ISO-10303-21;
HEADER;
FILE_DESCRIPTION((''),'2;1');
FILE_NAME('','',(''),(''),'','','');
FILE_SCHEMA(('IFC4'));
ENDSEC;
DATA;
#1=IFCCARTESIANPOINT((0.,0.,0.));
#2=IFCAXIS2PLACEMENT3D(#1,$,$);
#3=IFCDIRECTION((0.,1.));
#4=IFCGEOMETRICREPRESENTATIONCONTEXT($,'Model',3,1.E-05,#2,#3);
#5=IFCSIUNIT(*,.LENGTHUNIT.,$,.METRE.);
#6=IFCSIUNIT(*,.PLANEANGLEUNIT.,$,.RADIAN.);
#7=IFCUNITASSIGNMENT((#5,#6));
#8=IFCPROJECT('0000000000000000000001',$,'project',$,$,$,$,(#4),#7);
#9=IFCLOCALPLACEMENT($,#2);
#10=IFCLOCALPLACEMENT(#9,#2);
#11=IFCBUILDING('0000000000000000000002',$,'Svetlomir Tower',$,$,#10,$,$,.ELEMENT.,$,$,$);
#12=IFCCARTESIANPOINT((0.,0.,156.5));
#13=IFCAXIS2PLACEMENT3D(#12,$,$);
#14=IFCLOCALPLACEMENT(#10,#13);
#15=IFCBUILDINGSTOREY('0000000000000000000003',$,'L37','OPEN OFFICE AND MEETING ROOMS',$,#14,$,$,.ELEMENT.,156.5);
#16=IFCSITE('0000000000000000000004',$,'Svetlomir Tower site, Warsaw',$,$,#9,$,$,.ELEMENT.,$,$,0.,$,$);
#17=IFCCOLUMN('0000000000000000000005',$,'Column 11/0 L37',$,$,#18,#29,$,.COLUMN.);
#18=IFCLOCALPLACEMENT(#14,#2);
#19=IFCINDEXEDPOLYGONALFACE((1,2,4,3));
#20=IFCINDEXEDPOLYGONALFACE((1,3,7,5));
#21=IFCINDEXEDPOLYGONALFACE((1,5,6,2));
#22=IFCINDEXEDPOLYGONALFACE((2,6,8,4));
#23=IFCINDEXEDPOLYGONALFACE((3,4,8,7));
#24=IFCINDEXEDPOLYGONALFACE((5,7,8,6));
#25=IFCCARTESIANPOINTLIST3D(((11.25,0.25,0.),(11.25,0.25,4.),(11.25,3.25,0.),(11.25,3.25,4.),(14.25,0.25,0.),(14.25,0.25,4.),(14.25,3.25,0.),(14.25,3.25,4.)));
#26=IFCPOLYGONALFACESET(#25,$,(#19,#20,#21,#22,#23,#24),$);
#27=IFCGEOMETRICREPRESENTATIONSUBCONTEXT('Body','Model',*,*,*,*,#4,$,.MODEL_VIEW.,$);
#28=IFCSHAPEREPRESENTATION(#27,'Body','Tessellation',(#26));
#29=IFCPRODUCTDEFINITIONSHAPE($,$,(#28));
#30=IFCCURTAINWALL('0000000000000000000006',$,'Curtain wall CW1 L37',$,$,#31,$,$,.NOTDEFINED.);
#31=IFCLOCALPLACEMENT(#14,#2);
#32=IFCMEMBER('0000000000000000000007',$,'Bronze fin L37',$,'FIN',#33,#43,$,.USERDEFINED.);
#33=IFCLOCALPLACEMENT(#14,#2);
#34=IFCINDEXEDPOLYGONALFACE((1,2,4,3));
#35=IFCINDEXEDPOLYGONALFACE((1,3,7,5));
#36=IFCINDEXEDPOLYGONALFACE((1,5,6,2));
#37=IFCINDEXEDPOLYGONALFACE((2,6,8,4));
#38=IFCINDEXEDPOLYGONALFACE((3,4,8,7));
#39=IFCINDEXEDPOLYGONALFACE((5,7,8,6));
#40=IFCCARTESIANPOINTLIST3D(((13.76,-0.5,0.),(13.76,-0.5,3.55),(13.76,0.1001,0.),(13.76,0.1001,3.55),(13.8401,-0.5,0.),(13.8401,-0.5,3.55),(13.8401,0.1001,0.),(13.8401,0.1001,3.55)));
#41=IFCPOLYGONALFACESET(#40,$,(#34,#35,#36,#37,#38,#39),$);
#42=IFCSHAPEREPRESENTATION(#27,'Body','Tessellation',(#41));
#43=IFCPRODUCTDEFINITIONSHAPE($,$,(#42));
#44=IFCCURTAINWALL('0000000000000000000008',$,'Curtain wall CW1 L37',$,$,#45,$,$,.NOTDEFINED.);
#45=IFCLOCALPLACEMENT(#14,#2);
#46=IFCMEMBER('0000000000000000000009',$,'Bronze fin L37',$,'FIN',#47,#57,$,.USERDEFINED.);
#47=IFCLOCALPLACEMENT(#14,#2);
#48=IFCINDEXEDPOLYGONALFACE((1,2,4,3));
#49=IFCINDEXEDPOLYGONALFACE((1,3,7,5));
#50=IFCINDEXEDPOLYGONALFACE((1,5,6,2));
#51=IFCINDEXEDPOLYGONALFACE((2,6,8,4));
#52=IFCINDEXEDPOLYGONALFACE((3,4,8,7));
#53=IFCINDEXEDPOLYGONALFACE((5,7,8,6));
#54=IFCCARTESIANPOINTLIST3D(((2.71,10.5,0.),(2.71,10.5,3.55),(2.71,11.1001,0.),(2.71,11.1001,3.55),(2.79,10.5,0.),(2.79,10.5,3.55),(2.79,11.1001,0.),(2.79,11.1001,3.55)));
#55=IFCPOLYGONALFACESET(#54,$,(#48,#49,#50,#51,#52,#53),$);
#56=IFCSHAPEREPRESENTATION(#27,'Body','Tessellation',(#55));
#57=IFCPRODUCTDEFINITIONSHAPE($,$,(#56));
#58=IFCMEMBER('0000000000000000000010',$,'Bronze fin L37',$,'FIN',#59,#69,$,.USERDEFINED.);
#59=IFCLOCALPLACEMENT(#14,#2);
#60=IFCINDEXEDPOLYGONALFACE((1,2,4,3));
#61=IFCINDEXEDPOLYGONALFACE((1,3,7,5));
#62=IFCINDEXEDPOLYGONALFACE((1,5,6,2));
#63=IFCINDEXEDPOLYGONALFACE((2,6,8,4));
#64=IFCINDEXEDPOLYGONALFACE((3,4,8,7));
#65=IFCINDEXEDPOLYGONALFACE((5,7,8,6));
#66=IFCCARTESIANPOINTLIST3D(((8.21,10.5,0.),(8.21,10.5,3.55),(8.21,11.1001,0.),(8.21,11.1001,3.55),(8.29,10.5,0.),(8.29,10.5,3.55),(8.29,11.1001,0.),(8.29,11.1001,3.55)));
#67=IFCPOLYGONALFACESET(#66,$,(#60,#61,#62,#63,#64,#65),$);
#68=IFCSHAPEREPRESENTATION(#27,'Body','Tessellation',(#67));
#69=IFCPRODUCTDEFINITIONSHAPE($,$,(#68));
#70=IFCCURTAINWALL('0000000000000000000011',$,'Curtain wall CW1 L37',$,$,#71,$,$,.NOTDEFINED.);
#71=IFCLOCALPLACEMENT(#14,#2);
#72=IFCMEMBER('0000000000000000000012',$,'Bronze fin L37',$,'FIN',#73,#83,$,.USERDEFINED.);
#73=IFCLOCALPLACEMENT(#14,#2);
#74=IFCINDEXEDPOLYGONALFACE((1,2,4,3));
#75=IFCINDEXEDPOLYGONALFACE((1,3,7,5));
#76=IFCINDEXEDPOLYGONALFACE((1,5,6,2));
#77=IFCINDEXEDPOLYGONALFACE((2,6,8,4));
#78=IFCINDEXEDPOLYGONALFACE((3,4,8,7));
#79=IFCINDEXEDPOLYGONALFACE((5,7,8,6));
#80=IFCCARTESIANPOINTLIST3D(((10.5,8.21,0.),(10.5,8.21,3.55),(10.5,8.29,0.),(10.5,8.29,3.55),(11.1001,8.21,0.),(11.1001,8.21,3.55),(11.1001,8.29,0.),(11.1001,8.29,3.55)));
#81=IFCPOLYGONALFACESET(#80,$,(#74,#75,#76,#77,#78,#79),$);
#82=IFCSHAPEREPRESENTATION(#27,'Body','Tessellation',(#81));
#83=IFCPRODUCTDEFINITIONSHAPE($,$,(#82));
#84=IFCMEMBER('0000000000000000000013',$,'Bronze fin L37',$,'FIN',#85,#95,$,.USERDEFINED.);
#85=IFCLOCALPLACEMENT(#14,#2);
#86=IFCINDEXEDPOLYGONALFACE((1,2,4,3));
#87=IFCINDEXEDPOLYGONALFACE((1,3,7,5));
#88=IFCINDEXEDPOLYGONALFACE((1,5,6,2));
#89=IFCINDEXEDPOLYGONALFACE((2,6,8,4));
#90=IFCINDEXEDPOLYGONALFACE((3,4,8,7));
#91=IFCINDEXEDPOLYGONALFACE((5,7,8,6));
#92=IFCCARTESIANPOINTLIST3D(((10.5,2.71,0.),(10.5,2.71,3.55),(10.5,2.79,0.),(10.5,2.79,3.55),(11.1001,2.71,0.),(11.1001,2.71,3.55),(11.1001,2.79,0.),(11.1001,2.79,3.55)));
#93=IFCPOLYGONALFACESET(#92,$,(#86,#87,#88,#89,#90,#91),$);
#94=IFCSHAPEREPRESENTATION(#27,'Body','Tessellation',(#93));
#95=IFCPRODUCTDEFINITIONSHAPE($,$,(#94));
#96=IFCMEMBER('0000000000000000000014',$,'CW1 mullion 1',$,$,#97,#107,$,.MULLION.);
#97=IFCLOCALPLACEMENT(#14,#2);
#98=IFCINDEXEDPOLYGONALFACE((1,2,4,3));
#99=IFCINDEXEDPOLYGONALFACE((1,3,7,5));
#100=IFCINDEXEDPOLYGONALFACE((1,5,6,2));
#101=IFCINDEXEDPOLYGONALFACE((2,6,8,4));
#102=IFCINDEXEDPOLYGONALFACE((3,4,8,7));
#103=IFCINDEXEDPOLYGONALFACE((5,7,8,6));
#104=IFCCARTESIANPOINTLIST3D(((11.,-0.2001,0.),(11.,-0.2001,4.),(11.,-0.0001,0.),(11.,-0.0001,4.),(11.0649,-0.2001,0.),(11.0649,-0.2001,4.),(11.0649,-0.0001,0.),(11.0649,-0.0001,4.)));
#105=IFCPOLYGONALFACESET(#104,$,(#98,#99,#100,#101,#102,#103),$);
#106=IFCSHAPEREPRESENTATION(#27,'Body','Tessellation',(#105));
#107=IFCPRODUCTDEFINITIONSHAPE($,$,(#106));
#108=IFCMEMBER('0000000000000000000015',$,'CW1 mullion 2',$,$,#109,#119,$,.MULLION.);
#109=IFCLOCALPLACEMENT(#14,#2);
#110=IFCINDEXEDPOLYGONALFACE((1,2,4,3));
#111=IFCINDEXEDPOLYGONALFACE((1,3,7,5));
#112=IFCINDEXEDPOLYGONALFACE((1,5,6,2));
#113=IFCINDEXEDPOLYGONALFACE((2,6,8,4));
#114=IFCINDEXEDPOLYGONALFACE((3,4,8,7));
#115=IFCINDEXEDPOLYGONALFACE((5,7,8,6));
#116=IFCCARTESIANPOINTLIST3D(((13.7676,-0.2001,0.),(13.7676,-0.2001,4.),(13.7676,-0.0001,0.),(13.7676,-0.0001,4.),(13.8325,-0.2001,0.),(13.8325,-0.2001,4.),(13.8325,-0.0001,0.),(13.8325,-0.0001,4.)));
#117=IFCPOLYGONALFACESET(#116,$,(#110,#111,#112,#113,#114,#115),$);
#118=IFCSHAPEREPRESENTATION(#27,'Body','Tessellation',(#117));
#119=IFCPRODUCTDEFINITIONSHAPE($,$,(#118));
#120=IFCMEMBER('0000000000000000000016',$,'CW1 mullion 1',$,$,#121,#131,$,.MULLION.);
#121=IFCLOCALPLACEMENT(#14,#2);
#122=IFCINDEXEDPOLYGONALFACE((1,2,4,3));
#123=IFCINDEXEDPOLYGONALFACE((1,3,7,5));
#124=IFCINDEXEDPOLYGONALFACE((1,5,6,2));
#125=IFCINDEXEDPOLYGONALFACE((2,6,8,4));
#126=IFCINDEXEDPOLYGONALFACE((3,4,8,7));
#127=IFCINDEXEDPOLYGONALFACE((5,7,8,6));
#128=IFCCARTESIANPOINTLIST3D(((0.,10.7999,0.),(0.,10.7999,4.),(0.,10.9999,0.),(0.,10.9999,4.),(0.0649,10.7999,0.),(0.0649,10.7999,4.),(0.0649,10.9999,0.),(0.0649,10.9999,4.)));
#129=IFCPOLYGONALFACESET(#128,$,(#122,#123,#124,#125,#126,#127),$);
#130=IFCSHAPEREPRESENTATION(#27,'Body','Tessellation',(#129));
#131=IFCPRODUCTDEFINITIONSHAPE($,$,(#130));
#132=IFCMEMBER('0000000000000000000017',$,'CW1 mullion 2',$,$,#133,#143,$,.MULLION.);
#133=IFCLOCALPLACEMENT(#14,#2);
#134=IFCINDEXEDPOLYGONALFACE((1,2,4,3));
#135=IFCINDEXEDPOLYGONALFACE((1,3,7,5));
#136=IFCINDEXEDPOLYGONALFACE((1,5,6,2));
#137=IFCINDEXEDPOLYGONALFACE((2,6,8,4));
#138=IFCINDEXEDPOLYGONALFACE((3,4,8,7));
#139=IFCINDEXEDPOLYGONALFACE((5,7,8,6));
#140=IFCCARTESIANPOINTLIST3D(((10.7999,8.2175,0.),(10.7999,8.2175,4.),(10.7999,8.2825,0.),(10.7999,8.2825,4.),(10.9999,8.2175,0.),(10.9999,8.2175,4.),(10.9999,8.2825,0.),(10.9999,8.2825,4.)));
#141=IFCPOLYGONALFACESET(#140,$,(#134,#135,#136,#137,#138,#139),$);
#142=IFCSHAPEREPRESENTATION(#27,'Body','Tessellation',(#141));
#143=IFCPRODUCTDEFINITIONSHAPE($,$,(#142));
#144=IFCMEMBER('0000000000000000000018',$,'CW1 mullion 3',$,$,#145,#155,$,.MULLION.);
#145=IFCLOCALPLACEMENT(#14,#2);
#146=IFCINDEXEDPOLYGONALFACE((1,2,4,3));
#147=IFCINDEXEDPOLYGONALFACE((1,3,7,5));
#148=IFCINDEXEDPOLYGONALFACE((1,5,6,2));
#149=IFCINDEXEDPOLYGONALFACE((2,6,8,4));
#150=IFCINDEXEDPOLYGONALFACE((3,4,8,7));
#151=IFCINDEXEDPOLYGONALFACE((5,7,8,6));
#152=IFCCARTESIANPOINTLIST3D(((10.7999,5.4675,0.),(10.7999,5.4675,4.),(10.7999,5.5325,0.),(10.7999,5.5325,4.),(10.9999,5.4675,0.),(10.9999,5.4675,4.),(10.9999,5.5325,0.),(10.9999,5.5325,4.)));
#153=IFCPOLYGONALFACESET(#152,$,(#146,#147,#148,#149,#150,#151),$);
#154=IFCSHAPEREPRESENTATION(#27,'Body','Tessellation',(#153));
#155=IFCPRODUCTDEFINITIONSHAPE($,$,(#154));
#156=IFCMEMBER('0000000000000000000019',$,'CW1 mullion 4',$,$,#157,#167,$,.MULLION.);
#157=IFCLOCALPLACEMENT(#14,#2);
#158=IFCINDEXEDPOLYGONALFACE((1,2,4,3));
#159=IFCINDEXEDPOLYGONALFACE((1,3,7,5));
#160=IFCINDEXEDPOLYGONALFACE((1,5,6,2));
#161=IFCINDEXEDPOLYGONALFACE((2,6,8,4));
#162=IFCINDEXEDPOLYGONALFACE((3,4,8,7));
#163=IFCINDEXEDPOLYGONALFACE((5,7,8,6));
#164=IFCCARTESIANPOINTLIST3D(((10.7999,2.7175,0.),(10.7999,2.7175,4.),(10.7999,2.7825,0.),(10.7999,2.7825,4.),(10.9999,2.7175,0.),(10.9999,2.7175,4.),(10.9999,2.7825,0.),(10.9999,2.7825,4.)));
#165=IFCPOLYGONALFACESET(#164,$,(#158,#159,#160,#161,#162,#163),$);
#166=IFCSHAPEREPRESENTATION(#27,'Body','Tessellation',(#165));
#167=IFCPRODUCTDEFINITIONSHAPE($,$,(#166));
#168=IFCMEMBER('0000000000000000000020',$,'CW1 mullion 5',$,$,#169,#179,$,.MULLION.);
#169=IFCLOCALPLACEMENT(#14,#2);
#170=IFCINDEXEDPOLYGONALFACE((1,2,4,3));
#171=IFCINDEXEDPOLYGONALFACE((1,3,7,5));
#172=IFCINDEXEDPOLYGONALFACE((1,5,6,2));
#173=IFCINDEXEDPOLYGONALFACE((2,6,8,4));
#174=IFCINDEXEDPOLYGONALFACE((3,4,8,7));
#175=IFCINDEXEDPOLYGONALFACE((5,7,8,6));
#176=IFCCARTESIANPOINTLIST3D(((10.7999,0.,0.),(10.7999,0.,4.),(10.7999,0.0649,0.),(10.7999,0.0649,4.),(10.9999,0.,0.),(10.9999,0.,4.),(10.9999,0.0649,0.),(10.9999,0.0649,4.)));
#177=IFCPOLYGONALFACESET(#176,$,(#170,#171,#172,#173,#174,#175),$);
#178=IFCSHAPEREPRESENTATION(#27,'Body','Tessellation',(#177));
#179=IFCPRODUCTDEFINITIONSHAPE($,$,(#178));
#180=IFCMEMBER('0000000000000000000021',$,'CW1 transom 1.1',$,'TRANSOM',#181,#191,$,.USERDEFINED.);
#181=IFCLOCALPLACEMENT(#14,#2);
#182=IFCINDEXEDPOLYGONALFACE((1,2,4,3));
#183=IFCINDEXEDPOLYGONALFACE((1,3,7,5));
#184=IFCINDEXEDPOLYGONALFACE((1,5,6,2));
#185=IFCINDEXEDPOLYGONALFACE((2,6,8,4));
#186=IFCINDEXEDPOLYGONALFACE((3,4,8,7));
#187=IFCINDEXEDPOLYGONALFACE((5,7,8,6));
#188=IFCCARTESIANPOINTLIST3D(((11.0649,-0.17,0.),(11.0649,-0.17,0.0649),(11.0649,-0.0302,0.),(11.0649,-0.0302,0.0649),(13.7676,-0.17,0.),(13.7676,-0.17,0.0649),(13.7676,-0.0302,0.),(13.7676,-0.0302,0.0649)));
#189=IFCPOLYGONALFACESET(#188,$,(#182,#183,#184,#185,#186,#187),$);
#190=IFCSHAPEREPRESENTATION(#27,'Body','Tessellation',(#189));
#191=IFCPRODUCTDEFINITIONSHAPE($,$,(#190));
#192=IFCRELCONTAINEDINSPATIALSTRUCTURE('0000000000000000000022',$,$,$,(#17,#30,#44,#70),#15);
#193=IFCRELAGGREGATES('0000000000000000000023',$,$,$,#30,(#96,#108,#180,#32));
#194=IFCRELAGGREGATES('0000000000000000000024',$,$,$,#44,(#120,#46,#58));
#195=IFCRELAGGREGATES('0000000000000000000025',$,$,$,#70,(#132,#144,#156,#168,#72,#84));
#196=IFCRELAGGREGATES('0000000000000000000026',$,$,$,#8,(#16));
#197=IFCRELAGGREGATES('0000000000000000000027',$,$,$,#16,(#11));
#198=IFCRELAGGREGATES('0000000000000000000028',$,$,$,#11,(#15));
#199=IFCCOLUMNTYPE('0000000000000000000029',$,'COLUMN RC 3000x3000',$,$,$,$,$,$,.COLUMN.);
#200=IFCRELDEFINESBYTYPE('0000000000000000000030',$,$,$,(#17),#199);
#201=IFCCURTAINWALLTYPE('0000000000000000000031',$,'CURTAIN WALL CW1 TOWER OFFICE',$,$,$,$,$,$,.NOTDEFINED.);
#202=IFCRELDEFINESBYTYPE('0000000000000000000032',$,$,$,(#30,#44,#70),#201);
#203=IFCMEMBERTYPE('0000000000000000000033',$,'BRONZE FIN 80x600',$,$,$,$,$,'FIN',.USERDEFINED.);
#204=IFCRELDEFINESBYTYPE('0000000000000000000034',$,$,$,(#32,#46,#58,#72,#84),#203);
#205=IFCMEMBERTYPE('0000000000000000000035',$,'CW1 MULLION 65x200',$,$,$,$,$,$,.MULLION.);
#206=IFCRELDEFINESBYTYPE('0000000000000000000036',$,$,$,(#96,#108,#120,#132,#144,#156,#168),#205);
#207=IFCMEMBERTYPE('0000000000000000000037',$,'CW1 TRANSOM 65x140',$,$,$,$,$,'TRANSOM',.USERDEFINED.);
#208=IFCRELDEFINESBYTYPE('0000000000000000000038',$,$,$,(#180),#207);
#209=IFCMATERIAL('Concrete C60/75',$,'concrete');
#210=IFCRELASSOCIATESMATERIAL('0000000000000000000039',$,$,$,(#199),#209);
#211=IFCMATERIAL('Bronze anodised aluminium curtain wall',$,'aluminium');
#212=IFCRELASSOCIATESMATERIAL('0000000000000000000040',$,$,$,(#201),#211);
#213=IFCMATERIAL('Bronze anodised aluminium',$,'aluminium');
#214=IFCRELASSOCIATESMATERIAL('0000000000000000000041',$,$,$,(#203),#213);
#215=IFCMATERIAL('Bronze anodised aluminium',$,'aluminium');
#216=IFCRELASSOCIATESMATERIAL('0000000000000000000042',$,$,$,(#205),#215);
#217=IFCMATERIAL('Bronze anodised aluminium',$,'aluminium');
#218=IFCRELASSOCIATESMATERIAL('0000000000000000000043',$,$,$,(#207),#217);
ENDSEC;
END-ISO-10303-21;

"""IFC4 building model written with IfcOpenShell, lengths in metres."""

from ifc_helpers import new_model, si_unit, direction, frame, origin, origin_2d, place, context, subcontext, project, spatial, rectangle, extrude, material, material_profile, profile_set, type_object, element, aggregate, save


model = new_model("IFC4")

# Units and contexts
model_context = context("Model", 3, precision=1e-05, world=origin(), true_north=direction((0.0, 1.0)))
body_context = subcontext(model_context, "Body", "Model", "MODEL_VIEW")
ifc_project = project(units=[si_unit("LENGTHUNIT", "METRE"), si_unit("PLANEANGLEUNIT", "RADIAN")], contexts=[model_context])

# Site, building, storey
site_placement = place(None, origin())
site = spatial("IfcSite", under=ifc_project, at=site_placement, Name="Svetlomir Tower site, Warsaw", CompositionType="ELEMENT", RefElevation=0.0)
building_placement = place(site_placement, origin())
building = spatial("IfcBuilding", under=site, at=building_placement, Name="Svetlomir Tower", CompositionType="ELEMENT")
storey_placement = place(building_placement, frame((0.0, 0.0, 156.5)))
storey = spatial("IfcBuildingStorey", under=building, at=storey_placement, Name="L37", Description="OPEN OFFICE AND MEETING ROOMS", CompositionType="ELEMENT", Elevation=156.5)

# Column
ifc_material_1 = material(Name="Concrete C60/75", Category="concrete")
ifc_material_profile_1 = material_profile(ifc_material_1, rectangle(XDim=3.0, YDim=3.0, at=origin_2d()), Name="RC 3000x3000")
ifc_profile_set_1 = profile_set([ifc_material_profile_1], Name="Concrete C60/75")
column_type = type_object("IfcColumnType", Name="COLUMN RC 3000x3000", PredefinedType="COLUMN", material=ifc_profile_set_1)
column_placement = place(storey_placement, frame((12.75, 1.75, 0.0), z_axis=(0.0, 0.0, 1.0), x_axis=(1.0, 0.0, 0.0)))
element("IfcColumn", 1, at=column_placement, inside=storey, type_object=column_type, Name="Column 11/0 L37", PredefinedType="COLUMN", context=body_context, shape_type="SweptSolid", body=[
    extrude(rectangle(XDim=3.0, YDim=3.0, at=origin_2d()), origin(), (0.0, 0.0, 1.0), 4.0),
])

# Curtain wall, member
ifc_material_2 = material(Name="Bronze anodised aluminium curtain wall", Category="aluminium")
curtain_wall_type = type_object("IfcCurtainWallType", Name="CURTAIN WALL CW1 TOWER OFFICE", PredefinedType="NOTDEFINED", material=ifc_material_2)
curtain_wall_1_placement = place(storey_placement, origin())
curtain_wall_1 = element("IfcCurtainWall", 2, at=curtain_wall_1_placement, inside=storey, type_object=curtain_wall_type, Name="Curtain wall CW1 L37", PredefinedType="NOTDEFINED")
ifc_material_3 = material(Name="Bronze anodised aluminium", Category="aluminium")
ifc_material_profile_2 = material_profile(ifc_material_3, rectangle(XDim=0.0801, YDim=0.6001, at=origin_2d()), Name="FIN 80x600")
ifc_profile_set_2 = profile_set([ifc_material_profile_2], Name="Bronze anodised aluminium 6063-T6")
member_type_1 = type_object("IfcMemberType", Name="BRONZE FIN 80x600", ElementType="FIN", PredefinedType="USERDEFINED", material=ifc_profile_set_2)
member_1_placement = place(storey_placement, frame((13.8, -0.2, 0.0), z_axis=(0.0, 0.0, 1.0), x_axis=(1.0, 0.0, 0.0)))
member_1 = element("IfcMember", 3, at=member_1_placement, type_object=member_type_1, Name="Bronze fin L37", ObjectType="FIN", PredefinedType="USERDEFINED", context=body_context, shape_type="SweptSolid", body=[
    extrude(rectangle(XDim=0.0801, YDim=0.6001, at=origin_2d()), origin(), (0.0, 0.0, 1.0), 3.55),
])

# Curtain walls, members
curtain_wall_2_placement = place(storey_placement, origin())
curtain_wall_2 = element("IfcCurtainWall", 4, at=curtain_wall_2_placement, inside=storey, type_object=curtain_wall_type, Name="Curtain wall CW1 L37", PredefinedType="NOTDEFINED")
member_2_placement = place(storey_placement, frame((2.75, 10.8, 0.0), z_axis=(0.0, 0.0, 1.0), x_axis=(1.0, 0.0, 0.0)))
member_2 = element("IfcMember", 5, at=member_2_placement, type_object=member_type_1, Name="Bronze fin L37", ObjectType="FIN", PredefinedType="USERDEFINED", context=body_context, shape_type="SweptSolid", body=[
    extrude(rectangle(XDim=0.0801, YDim=0.6001, at=origin_2d()), origin(), (0.0, 0.0, 1.0), 3.55),
])
member_3_placement = place(storey_placement, frame((8.25, 10.8, 0.0), z_axis=(0.0, 0.0, 1.0), x_axis=(1.0, 0.0, 0.0)))
member_3 = element("IfcMember", 6, at=member_3_placement, type_object=member_type_1, Name="Bronze fin L37", ObjectType="FIN", PredefinedType="USERDEFINED", context=body_context, shape_type="SweptSolid", body=[
    extrude(rectangle(XDim=0.0801, YDim=0.6001, at=origin_2d()), origin(), (0.0, 0.0, 1.0), 3.55),
])
curtain_wall_3_placement = place(storey_placement, origin())
curtain_wall_3 = element("IfcCurtainWall", 7, at=curtain_wall_3_placement, inside=storey, type_object=curtain_wall_type, Name="Curtain wall CW1 L37", PredefinedType="NOTDEFINED")
member_4_placement = place(storey_placement, frame((10.8, 8.25, 0.0), z_axis=(0.0, 0.0, 1.0), x_axis=(0.0, 1.0, 0.0)))
member_4 = element("IfcMember", 8, at=member_4_placement, type_object=member_type_1, Name="Bronze fin L37", ObjectType="FIN", PredefinedType="USERDEFINED", context=body_context, shape_type="SweptSolid", body=[
    extrude(rectangle(XDim=0.0801, YDim=0.6001, at=origin_2d()), origin(), (0.0, 0.0, 1.0), 3.55),
])
member_5_placement = place(storey_placement, frame((10.8, 2.75, 0.0), z_axis=(0.0, 0.0, 1.0), x_axis=(0.0, 1.0, 0.0)))
member_5 = element("IfcMember", 9, at=member_5_placement, type_object=member_type_1, Name="Bronze fin L37", ObjectType="FIN", PredefinedType="USERDEFINED", context=body_context, shape_type="SweptSolid", body=[
    extrude(rectangle(XDim=0.0801, YDim=0.6001, at=origin_2d()), origin(), (0.0, 0.0, 1.0), 3.55),
])

# Members
ifc_material_4 = material(Name="Bronze anodised aluminium", Category="aluminium")
ifc_material_profile_3 = material_profile(ifc_material_4, rectangle(XDim=0.0649, YDim=0.2, at=origin_2d()), Name="AL 65x200")
ifc_profile_set_3 = profile_set([ifc_material_profile_3], Name="Bronze anodised aluminium 6063-T6")
member_type_2 = type_object("IfcMemberType", Name="CW1 MULLION 65x200", PredefinedType="MULLION", material=ifc_profile_set_3)
member_6_placement = place(storey_placement, frame((11.0325, -0.1001, 0.0), z_axis=(0.0, 0.0, 1.0), x_axis=(1.0, 0.0, 0.0)))
member_6 = element("IfcMember", 10, at=member_6_placement, type_object=member_type_2, Name="CW1 mullion 1", PredefinedType="MULLION", context=body_context, shape_type="SweptSolid", body=[
    extrude(rectangle(XDim=0.0649, YDim=0.2, at=origin_2d()), origin(), (0.0, 0.0, 1.0), 4.0),
])
member_7_placement = place(storey_placement, frame((13.8, -0.1001, 0.0), z_axis=(0.0, 0.0, 1.0), x_axis=(1.0, 0.0, 0.0)))
member_7 = element("IfcMember", 11, at=member_7_placement, type_object=member_type_2, Name="CW1 mullion 2", PredefinedType="MULLION", context=body_context, shape_type="SweptSolid", body=[
    extrude(rectangle(XDim=0.0649, YDim=0.2, at=origin_2d()), origin(), (0.0, 0.0, 1.0), 4.0),
])
member_8_placement = place(storey_placement, frame((0.0325, 10.8999, 0.0), z_axis=(0.0, 0.0, 1.0), x_axis=(1.0, 0.0, 0.0)))
member_8 = element("IfcMember", 12, at=member_8_placement, type_object=member_type_2, Name="CW1 mullion 1", PredefinedType="MULLION", context=body_context, shape_type="SweptSolid", body=[
    extrude(rectangle(XDim=0.0649, YDim=0.2, at=origin_2d()), origin(), (0.0, 0.0, 1.0), 4.0),
])
member_9_placement = place(storey_placement, frame((10.8999, 8.25, 0.0), z_axis=(0.0, 0.0, 1.0), x_axis=(0.0, -1.0, 0.0)))
member_9 = element("IfcMember", 13, at=member_9_placement, type_object=member_type_2, Name="CW1 mullion 2", PredefinedType="MULLION", context=body_context, shape_type="SweptSolid", body=[
    extrude(rectangle(XDim=0.0649, YDim=0.2, at=origin_2d()), origin(), (0.0, 0.0, 1.0), 4.0),
])
member_10_placement = place(storey_placement, frame((10.8999, 5.5, 0.0), z_axis=(0.0, 0.0, 1.0), x_axis=(0.0, -1.0, 0.0)))
member_10 = element("IfcMember", 14, at=member_10_placement, type_object=member_type_2, Name="CW1 mullion 3", PredefinedType="MULLION", context=body_context, shape_type="SweptSolid", body=[
    extrude(rectangle(XDim=0.0649, YDim=0.2, at=origin_2d()), origin(), (0.0, 0.0, 1.0), 4.0),
])
member_11_placement = place(storey_placement, frame((10.8999, 2.75, 0.0), z_axis=(0.0, 0.0, 1.0), x_axis=(0.0, -1.0, 0.0)))
member_11 = element("IfcMember", 15, at=member_11_placement, type_object=member_type_2, Name="CW1 mullion 4", PredefinedType="MULLION", context=body_context, shape_type="SweptSolid", body=[
    extrude(rectangle(XDim=0.0649, YDim=0.2, at=origin_2d()), origin(), (0.0, 0.0, 1.0), 4.0),
])
member_12_placement = place(storey_placement, frame((10.8999, 0.0325, 0.0), z_axis=(0.0, 0.0, 1.0), x_axis=(0.0, -1.0, 0.0)))
member_12 = element("IfcMember", 16, at=member_12_placement, type_object=member_type_2, Name="CW1 mullion 5", PredefinedType="MULLION", context=body_context, shape_type="SweptSolid", body=[
    extrude(rectangle(XDim=0.0649, YDim=0.2, at=origin_2d()), origin(), (0.0, 0.0, 1.0), 4.0),
])
ifc_material_5 = material(Name="Bronze anodised aluminium", Category="aluminium")
ifc_material_profile_4 = material_profile(ifc_material_5, rectangle(XDim=0.1399, YDim=0.0649, at=origin_2d()), Name="AL 140x65")
ifc_profile_set_4 = profile_set([ifc_material_profile_4], Name="Bronze anodised aluminium 6063-T6")
member_type_3 = type_object("IfcMemberType", Name="CW1 TRANSOM 65x140", ElementType="TRANSOM", PredefinedType="USERDEFINED", material=ifc_profile_set_4)
member_13_placement = place(storey_placement, frame((11.0649, -0.1001, 0.0325), z_axis=(1.0, 0.0, 0.0), x_axis=(0.0, 1.0, 0.0)))
member_13 = element("IfcMember", 17, at=member_13_placement, type_object=member_type_3, Name="CW1 transom 1.1", ObjectType="TRANSOM", PredefinedType="USERDEFINED", context=body_context, shape_type="SweptSolid", body=[
    extrude(rectangle(XDim=0.1399, YDim=0.0649, at=origin_2d()), origin(), (0.0, 0.0, 1.0), 2.7026),
])

aggregate(curtain_wall_1, [member_6, member_7, member_13, member_1])
aggregate(curtain_wall_2, [member_8, member_2, member_3])
aggregate(curtain_wall_3, [member_9, member_10, member_11, member_12, member_4, member_5])

save(model, "model.ifc")
